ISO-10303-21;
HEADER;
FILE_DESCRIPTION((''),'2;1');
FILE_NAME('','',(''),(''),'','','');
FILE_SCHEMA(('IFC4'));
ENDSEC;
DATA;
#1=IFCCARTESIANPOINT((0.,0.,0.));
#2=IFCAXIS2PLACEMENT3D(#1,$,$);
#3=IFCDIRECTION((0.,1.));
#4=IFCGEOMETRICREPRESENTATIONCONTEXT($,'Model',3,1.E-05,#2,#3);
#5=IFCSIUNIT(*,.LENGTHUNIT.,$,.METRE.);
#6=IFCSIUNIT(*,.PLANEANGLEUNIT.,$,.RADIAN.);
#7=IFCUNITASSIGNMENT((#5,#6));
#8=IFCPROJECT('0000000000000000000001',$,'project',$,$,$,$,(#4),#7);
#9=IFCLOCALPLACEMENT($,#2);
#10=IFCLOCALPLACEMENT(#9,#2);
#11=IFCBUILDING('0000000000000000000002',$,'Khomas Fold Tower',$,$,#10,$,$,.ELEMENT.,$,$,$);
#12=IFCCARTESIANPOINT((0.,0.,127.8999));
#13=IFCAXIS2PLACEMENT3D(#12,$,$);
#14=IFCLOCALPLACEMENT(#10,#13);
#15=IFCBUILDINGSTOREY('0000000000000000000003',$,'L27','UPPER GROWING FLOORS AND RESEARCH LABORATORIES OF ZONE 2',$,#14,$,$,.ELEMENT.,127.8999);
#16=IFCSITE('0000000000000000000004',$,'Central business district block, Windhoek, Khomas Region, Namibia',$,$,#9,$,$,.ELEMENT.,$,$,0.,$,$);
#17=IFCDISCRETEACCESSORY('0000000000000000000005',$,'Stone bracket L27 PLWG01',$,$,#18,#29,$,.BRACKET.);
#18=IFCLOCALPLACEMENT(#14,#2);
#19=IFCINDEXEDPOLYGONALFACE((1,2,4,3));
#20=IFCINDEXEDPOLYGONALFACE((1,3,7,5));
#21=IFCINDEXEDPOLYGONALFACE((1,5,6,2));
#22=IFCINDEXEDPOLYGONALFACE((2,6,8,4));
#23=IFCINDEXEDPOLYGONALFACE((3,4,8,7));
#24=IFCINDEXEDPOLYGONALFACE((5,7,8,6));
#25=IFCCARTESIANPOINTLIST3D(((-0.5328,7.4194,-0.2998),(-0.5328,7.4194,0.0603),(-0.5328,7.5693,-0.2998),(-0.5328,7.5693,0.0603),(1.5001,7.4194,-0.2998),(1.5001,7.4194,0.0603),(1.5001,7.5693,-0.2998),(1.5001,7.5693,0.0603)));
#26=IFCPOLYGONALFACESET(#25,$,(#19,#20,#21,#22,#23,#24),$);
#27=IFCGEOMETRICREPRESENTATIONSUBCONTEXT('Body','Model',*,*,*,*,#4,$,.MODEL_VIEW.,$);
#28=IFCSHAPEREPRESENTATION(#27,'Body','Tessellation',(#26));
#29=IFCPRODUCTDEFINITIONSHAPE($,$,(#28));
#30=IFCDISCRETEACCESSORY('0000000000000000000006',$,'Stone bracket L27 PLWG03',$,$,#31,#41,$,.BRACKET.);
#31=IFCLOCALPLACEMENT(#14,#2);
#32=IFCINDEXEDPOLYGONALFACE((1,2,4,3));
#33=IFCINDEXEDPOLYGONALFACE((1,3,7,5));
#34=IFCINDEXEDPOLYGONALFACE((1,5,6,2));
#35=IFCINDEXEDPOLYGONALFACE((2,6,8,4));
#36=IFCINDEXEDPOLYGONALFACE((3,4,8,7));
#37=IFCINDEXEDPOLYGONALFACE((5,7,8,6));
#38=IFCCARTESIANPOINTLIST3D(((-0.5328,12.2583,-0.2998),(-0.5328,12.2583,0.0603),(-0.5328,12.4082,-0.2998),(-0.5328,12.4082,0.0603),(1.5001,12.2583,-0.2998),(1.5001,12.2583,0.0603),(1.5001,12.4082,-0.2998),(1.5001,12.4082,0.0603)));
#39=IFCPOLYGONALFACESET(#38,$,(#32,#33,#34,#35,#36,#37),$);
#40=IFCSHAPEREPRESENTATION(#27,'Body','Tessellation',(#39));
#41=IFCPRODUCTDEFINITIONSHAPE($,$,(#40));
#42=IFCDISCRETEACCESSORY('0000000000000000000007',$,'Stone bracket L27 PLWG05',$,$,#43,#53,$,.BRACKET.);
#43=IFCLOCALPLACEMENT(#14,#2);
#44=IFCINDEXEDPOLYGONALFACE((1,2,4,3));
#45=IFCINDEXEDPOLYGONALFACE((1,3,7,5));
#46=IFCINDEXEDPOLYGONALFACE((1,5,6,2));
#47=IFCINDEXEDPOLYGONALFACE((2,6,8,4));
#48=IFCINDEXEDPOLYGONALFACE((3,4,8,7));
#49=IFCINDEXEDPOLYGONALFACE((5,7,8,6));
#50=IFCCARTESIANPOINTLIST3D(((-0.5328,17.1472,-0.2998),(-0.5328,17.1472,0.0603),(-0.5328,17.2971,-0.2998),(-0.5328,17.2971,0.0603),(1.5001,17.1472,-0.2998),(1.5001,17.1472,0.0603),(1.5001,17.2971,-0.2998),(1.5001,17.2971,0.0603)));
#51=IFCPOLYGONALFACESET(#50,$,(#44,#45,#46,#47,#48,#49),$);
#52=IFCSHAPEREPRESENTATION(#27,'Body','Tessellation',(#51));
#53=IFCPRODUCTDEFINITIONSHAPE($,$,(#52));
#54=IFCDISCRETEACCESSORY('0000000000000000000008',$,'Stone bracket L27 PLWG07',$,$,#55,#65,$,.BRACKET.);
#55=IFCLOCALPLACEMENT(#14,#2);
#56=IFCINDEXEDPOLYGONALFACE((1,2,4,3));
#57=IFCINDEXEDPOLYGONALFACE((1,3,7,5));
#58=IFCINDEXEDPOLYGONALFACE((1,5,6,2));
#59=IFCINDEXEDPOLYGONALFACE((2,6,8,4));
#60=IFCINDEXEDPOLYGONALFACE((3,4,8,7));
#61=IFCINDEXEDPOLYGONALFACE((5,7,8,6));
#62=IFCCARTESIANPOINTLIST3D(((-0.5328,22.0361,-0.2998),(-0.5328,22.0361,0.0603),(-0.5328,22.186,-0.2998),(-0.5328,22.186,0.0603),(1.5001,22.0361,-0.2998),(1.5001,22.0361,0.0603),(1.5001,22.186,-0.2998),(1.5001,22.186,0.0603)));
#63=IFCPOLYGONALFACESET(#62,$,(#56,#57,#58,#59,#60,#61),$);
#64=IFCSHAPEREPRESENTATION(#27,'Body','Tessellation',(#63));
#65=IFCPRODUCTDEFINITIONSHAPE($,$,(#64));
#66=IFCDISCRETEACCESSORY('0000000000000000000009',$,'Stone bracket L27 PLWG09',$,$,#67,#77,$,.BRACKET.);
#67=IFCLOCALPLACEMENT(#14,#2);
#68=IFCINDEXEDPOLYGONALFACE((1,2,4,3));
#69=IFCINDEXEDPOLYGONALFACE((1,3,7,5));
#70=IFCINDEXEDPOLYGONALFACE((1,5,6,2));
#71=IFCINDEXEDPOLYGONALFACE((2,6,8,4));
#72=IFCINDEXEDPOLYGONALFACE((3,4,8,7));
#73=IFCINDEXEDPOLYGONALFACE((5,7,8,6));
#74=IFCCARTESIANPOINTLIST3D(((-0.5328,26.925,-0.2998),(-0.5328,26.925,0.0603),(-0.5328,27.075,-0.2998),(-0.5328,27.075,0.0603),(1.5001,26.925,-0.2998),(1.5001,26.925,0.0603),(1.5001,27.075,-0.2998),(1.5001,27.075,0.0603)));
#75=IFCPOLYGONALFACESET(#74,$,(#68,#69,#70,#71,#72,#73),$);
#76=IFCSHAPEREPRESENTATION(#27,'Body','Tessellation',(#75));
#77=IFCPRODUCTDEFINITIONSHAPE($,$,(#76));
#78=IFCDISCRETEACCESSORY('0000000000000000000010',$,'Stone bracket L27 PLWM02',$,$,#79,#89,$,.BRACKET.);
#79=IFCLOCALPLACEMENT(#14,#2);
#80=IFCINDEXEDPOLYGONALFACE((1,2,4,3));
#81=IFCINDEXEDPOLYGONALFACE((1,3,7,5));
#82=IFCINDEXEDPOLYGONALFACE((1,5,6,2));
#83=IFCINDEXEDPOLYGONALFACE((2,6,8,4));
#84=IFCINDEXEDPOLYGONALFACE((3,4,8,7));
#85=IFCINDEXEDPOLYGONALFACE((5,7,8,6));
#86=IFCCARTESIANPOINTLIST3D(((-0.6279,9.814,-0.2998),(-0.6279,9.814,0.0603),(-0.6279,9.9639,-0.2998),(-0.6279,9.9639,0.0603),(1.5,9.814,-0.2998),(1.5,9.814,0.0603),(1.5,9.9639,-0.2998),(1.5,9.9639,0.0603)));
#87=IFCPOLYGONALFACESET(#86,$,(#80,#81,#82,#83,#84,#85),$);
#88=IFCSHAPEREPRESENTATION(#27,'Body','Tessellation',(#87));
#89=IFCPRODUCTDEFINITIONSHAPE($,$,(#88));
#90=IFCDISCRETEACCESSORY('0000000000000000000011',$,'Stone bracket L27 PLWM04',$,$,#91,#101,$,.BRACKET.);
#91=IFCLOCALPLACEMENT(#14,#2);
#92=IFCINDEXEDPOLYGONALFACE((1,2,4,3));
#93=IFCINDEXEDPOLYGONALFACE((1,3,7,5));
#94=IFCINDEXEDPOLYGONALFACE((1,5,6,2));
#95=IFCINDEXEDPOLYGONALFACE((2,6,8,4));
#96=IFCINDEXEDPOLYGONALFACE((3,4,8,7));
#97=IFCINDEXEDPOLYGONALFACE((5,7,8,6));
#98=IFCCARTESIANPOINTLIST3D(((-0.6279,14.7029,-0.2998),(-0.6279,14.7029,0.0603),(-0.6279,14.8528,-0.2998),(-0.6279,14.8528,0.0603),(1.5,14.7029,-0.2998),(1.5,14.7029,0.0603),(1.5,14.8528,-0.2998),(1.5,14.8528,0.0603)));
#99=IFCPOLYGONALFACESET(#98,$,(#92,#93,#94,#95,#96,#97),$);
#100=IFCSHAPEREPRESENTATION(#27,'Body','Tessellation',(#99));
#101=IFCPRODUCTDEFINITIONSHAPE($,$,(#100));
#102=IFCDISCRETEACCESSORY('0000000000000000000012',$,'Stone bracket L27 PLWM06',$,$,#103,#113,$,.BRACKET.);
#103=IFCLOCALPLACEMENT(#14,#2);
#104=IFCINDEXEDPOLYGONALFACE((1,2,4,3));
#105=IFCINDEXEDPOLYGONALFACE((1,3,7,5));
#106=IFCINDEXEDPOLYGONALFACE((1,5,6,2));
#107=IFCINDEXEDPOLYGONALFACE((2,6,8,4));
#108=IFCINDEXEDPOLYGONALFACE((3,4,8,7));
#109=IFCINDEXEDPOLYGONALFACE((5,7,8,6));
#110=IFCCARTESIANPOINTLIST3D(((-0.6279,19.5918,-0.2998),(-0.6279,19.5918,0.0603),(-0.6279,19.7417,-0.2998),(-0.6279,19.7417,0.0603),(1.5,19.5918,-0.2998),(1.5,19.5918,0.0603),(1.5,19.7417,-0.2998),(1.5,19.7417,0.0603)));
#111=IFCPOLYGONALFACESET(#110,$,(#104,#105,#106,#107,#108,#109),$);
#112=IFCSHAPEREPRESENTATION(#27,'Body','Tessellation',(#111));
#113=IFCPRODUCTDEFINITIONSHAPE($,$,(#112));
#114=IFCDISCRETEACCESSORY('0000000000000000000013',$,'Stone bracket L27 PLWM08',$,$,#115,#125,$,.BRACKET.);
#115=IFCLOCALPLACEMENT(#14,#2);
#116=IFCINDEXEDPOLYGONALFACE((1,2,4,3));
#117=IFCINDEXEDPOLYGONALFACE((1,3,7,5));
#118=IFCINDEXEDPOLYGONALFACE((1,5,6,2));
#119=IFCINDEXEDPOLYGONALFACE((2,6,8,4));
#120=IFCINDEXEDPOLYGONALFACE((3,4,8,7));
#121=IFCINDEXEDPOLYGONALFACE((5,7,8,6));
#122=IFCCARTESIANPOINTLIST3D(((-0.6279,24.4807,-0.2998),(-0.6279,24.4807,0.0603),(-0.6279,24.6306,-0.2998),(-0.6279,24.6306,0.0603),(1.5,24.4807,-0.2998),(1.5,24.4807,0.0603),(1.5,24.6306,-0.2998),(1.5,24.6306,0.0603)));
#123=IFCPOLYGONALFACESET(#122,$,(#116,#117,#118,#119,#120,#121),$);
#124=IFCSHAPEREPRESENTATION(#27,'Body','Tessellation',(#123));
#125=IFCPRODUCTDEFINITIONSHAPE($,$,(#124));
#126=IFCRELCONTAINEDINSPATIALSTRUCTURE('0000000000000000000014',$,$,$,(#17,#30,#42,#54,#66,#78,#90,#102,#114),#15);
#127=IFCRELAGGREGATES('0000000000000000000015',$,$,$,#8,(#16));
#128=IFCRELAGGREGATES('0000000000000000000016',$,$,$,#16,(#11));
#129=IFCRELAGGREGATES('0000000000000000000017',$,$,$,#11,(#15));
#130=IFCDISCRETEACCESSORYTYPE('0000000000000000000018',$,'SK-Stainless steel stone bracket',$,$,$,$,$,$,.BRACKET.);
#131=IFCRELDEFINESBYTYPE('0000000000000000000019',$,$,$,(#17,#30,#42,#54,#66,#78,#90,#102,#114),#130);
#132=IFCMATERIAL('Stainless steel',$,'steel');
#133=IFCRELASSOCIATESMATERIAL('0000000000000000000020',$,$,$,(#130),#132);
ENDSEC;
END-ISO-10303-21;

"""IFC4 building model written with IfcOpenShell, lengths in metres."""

from ifc_helpers import new_model, si_unit, direction, frame, origin, origin_2d, place, context, subcontext, project, spatial, rectangle, extrude, source, transform, mapped, material, type_object, element, save


model = new_model("IFC4")

# Units and contexts
model_context = context("Model", 3, precision=1e-05, world=origin(), true_north=direction((0.0, 1.0)))
body_context = subcontext(model_context, "Body", "Model", "MODEL_VIEW")
ifc_project = project(units=[si_unit("LENGTHUNIT", "METRE"), si_unit("PLANEANGLEUNIT", "RADIAN")], contexts=[model_context])

# Site, building, storey
site_placement = place(None, origin())
site = spatial("IfcSite", under=ifc_project, at=site_placement, Name="Central business district block, Windhoek, Khomas Region, Namibia", CompositionType="ELEMENT", RefElevation=0.0)
building_placement = place(site_placement, origin())
building = spatial("IfcBuilding", under=site, at=building_placement, Name="Khomas Fold Tower", CompositionType="ELEMENT")
storey_placement = place(building_placement, frame((0.0, 0.0, 127.8999)))
storey = spatial("IfcBuildingStorey", under=building, at=storey_placement, Name="L27", Description="UPPER GROWING FLOORS AND RESEARCH LABORATORIES OF ZONE 2", CompositionType="ELEMENT", Elevation=127.8999)

# Discrete accessories
ifc_material_1 = material(Name="Stainless steel", Category="steel")
discrete_accessory_type = type_object("IfcDiscreteAccessoryType", Name="SK-Stainless steel stone bracket", PredefinedType="BRACKET", material=ifc_material_1)
shared_shape_1 = source(origin(), body_context, "Body", "SweptSolid", [
    extrude(rectangle(XDim=2.033, YDim=0.1499, at=origin_2d()), origin(), (0.0, 0.0, 1.0), 0.3601),
])
for number, where, z_axis, x_axis, name in (
    (1, (0.4836, 7.4944, -0.2998), (0.0, 0.0, 1.0), (-1.0, 0.0, 0.0), "Stone bracket L27 PLWG01"),
    (2, (0.4836, 12.3333, -0.2998), (0.0, 0.0, 1.0), (-1.0, 0.0, 0.0), "Stone bracket L27 PLWG03"),
    (3, (0.4836, 17.2222, -0.2998), (0.0, 0.0, 1.0), (-1.0, 0.0, 0.0), "Stone bracket L27 PLWG05"),
    (4, (0.4836, 22.1111, -0.2998), (0.0, 0.0, 1.0), (-1.0, 0.0, 0.0), "Stone bracket L27 PLWG07"),
    (5, (0.4836, 27.0, -0.2998), (0.0, 0.0, 1.0), (-1.0, 0.0, 0.0), "Stone bracket L27 PLWG09"),
):
    element("IfcDiscreteAccessory", number, at=place(storey_placement, frame(where, z_axis=z_axis, x_axis=x_axis)), inside=storey, type_object=discrete_accessory_type, Name=name, PredefinedType="BRACKET", context=body_context, shape_type="MappedRepresentation", body=[
        mapped(shared_shape_1, transform((0.0, 0.0, 0.0))),
    ])
shared_shape_2 = source(origin(), body_context, "Body", "SweptSolid", [
    extrude(rectangle(XDim=2.1279, YDim=0.1499, at=origin_2d()), origin(), (0.0, 0.0, 1.0), 0.3601),
])
for number, where, z_axis, x_axis, name in (
    (6, (0.436, 9.8889, -0.2998), (0.0, 0.0, 1.0), (-1.0, 0.0, 0.0), "Stone bracket L27 PLWM02"),
    (7, (0.436, 14.7778, -0.2998), (0.0, 0.0, 1.0), (-1.0, 0.0, 0.0), "Stone bracket L27 PLWM04"),
    (8, (0.436, 19.6667, -0.2998), (0.0, 0.0, 1.0), (-1.0, 0.0, 0.0), "Stone bracket L27 PLWM06"),
    (9, (0.436, 24.5557, -0.2998), (0.0, 0.0, 1.0), (-1.0, 0.0, 0.0), "Stone bracket L27 PLWM08"),
):
    element("IfcDiscreteAccessory", number, at=place(storey_placement, frame(where, z_axis=z_axis, x_axis=x_axis)), inside=storey, type_object=discrete_accessory_type, Name=name, PredefinedType="BRACKET", context=body_context, shape_type="MappedRepresentation", body=[
        mapped(shared_shape_2, transform((0.0, 0.0, 0.0))),
    ])

save(model, "model.ifc")
